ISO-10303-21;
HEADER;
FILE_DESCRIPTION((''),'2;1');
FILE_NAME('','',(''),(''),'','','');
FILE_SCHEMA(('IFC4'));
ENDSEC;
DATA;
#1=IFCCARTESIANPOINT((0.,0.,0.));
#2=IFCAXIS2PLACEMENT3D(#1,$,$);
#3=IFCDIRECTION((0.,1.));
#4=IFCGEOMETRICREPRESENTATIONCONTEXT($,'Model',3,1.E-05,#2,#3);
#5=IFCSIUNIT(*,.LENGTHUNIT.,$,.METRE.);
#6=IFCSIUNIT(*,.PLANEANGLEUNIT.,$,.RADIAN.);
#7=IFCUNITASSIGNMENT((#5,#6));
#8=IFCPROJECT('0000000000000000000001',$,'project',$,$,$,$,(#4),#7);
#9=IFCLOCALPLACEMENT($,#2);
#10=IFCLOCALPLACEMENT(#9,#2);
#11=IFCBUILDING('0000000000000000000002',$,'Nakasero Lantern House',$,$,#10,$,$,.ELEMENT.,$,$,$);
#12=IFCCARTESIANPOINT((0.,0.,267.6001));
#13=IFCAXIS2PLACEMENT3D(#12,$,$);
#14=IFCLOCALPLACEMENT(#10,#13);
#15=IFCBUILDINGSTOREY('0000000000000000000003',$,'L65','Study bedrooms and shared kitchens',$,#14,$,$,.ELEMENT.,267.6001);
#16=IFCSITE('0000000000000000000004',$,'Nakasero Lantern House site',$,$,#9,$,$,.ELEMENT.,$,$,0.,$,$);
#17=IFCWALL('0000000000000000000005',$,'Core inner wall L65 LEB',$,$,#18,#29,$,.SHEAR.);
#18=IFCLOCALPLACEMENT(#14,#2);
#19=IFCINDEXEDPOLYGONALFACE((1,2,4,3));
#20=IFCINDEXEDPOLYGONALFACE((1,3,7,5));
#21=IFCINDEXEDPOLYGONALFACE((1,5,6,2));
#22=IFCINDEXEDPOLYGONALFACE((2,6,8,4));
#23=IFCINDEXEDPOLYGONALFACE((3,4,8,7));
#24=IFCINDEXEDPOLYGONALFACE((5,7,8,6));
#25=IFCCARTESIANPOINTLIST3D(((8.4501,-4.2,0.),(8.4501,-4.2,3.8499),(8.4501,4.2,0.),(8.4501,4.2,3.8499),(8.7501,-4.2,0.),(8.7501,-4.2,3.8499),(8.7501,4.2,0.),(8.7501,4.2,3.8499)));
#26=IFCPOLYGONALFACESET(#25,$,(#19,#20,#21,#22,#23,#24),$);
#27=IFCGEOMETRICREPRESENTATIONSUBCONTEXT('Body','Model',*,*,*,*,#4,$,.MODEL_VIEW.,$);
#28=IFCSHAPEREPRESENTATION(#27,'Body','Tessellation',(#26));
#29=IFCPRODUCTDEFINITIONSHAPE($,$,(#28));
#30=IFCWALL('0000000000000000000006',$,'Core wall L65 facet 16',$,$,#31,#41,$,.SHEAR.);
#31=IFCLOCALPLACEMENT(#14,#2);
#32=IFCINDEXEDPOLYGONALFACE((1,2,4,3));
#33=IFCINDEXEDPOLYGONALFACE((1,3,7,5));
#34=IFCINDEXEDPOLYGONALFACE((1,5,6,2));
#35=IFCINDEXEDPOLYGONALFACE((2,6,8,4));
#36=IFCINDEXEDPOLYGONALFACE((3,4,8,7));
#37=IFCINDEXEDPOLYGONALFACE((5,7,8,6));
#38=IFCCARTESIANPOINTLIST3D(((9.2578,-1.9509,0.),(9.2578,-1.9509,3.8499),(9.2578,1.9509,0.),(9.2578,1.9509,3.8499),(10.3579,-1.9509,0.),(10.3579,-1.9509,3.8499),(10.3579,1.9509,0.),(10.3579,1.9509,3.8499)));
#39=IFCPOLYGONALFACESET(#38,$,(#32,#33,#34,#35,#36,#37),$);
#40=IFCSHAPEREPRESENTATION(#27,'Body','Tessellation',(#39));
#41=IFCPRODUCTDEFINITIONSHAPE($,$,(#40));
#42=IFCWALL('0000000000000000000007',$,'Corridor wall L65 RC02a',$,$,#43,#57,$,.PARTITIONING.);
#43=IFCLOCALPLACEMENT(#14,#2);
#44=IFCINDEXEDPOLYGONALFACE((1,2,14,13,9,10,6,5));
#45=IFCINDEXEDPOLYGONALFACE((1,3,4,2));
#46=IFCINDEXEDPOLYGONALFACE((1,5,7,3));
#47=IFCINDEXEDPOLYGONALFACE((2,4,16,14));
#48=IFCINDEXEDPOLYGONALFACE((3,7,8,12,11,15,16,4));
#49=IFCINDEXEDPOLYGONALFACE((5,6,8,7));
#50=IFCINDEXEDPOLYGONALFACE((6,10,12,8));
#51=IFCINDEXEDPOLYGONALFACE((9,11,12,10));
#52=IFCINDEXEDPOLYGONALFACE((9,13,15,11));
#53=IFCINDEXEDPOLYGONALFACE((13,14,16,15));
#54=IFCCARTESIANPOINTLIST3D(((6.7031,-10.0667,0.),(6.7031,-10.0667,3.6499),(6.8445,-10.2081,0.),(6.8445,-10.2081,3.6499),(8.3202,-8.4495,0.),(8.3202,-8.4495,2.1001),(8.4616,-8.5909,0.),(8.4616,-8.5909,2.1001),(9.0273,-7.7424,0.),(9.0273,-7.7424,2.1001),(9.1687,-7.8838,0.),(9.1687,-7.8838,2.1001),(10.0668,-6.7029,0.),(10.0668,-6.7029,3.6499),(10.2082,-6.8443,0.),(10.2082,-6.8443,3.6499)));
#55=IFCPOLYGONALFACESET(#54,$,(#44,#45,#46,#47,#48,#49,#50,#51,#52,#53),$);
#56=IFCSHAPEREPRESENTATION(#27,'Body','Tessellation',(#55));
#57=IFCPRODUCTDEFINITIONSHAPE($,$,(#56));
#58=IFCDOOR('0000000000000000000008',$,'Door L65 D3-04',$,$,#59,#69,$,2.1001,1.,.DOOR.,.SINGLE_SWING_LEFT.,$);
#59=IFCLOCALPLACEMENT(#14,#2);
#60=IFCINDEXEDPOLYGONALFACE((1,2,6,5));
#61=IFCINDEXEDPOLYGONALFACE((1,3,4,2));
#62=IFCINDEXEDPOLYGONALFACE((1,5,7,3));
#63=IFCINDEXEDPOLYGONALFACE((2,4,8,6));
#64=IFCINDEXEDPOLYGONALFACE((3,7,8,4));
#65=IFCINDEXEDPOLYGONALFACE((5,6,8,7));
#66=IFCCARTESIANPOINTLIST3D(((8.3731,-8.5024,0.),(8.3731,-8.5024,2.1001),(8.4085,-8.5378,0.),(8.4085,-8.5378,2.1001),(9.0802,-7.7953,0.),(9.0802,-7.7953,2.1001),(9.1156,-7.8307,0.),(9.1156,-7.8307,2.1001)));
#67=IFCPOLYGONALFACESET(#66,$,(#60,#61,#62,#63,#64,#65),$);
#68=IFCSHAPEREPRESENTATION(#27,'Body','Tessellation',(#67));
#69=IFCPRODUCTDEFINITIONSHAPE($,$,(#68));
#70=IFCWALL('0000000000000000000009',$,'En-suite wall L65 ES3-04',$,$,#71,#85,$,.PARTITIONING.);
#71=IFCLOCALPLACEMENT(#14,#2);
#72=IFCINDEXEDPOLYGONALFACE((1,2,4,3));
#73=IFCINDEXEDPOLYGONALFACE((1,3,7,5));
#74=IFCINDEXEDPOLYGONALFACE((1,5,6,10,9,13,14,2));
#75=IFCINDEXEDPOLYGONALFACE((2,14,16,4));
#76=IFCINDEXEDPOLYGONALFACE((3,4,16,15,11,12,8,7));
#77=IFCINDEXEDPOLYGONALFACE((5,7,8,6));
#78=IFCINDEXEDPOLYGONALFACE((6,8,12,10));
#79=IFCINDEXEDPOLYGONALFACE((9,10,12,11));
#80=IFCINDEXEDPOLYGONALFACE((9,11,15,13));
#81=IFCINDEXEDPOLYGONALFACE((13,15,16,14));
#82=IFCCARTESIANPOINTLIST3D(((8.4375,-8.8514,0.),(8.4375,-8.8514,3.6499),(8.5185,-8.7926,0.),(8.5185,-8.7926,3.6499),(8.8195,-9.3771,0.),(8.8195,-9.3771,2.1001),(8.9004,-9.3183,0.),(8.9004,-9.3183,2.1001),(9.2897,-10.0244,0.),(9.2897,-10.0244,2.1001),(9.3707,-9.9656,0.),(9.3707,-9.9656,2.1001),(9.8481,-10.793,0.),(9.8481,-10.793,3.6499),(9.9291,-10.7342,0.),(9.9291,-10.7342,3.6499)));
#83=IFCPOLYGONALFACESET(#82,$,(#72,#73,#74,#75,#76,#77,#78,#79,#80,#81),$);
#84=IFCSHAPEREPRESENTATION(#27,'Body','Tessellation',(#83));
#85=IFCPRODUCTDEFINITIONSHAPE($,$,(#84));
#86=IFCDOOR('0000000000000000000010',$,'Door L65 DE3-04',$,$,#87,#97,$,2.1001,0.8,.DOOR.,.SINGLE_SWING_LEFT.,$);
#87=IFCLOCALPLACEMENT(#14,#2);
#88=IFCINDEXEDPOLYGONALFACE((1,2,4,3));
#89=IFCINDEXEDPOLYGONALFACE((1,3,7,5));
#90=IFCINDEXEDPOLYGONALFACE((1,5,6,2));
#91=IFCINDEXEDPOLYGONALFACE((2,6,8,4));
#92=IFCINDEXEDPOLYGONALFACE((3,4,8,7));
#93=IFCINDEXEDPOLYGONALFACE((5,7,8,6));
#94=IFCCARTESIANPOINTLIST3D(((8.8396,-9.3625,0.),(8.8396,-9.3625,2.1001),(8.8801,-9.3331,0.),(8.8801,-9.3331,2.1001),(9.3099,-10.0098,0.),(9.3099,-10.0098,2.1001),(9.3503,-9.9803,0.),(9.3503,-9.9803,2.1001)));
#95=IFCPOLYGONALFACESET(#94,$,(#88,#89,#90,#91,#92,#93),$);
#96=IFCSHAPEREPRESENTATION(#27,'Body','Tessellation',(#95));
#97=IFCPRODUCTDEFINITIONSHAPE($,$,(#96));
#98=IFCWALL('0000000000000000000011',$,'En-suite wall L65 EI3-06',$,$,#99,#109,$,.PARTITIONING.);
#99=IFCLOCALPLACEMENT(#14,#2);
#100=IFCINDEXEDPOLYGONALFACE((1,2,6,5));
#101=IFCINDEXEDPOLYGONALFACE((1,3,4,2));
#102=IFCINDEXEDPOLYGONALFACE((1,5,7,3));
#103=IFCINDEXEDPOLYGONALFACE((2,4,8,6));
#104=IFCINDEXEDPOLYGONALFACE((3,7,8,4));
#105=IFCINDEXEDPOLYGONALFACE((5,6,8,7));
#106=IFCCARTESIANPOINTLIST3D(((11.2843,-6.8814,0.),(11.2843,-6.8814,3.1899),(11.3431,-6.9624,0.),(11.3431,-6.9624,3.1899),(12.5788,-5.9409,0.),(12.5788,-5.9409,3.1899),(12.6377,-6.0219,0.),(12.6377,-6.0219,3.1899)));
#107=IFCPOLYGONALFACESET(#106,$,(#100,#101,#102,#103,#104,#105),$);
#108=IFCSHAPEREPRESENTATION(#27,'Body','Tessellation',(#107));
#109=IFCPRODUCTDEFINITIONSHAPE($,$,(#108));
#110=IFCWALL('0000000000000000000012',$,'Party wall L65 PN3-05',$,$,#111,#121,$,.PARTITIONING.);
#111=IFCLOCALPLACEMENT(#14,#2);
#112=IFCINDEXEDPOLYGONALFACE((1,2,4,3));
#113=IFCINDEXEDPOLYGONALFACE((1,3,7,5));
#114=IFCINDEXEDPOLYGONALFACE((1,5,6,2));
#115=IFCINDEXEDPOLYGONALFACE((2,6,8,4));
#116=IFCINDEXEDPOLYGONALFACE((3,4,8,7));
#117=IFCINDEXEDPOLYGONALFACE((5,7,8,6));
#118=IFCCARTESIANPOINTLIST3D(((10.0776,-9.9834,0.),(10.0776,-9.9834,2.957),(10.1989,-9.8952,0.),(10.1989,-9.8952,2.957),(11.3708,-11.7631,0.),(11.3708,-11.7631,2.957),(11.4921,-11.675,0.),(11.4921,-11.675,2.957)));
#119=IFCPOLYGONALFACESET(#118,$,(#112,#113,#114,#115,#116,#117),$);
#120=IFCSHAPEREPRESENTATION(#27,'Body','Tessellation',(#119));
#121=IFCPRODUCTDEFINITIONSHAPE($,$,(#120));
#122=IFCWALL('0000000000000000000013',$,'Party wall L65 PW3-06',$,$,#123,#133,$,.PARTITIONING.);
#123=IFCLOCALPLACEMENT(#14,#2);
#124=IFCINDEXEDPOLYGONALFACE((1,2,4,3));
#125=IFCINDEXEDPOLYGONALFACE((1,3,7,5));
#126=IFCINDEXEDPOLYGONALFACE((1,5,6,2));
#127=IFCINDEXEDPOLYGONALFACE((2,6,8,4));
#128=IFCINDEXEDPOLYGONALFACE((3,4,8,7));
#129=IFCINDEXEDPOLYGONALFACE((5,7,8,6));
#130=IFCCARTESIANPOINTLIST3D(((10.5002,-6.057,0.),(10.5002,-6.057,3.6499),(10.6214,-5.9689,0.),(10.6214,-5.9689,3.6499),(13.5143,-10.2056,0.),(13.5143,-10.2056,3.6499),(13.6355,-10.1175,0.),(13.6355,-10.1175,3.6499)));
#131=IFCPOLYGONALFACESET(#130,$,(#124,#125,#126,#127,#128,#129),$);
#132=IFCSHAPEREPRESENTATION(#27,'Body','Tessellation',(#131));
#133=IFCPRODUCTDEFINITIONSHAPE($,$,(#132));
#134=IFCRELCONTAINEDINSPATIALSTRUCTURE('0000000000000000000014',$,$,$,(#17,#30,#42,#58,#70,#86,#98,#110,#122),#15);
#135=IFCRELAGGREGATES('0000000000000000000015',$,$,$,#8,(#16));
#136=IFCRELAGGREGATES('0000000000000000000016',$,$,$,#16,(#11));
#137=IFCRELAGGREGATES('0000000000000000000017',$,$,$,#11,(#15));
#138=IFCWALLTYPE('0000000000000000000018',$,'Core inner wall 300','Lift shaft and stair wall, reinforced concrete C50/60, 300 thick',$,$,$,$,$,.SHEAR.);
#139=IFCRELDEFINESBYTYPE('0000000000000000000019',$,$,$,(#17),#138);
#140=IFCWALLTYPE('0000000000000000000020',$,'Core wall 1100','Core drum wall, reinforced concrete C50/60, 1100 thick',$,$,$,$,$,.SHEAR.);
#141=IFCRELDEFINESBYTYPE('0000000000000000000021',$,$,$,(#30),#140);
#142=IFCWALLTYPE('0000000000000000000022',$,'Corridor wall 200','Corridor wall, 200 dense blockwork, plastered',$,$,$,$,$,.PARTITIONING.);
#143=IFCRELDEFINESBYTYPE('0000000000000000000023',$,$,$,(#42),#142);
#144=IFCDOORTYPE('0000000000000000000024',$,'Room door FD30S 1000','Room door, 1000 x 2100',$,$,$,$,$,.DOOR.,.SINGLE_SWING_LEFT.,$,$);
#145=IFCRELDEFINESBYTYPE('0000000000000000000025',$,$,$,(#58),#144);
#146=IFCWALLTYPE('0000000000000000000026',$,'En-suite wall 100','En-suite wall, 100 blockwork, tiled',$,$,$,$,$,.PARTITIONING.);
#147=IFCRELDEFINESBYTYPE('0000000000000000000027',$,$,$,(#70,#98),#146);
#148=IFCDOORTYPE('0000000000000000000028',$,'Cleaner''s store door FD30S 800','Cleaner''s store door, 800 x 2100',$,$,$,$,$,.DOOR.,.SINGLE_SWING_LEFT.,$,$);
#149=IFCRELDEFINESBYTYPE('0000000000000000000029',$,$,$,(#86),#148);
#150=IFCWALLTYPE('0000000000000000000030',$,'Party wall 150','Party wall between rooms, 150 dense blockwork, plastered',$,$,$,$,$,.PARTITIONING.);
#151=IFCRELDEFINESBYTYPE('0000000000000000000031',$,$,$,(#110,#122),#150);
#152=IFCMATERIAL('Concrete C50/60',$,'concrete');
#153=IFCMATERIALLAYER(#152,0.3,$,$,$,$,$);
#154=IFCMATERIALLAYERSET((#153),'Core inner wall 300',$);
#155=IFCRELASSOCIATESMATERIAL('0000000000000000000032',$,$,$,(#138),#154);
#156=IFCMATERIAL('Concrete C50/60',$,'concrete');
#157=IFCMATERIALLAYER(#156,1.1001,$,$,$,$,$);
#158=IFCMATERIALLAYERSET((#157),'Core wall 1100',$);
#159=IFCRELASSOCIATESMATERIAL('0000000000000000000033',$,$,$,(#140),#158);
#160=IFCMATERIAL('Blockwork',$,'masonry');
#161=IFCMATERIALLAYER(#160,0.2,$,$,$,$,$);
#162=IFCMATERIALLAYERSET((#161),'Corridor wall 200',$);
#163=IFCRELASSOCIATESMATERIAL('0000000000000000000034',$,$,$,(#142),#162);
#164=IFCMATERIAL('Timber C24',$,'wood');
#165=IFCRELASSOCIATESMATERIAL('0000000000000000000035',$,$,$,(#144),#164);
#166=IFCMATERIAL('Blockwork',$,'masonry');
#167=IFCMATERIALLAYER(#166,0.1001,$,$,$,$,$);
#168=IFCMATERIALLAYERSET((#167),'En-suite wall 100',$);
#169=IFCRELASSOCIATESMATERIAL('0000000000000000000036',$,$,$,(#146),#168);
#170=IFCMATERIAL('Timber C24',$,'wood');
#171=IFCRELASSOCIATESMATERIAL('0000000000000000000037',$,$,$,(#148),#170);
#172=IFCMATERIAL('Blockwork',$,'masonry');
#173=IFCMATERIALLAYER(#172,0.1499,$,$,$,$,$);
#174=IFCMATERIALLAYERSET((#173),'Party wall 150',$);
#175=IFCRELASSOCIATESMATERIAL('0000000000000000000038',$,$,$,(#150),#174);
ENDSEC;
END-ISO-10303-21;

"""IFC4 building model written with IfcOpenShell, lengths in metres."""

from ifc_helpers import new_model, si_unit, direction, frame, frame_2d, origin, place, context, subcontext, project, spatial, rectangle, extrude, material, layer, layer_set, type_object, element, fill, save


model = new_model("IFC4")

# Units and contexts
model_context = context("Model", 3, precision=1e-05, world=origin(), true_north=direction((0.0, 1.0)))
body_context = subcontext(model_context, "Body", "Model", "MODEL_VIEW")
ifc_project = project(units=[si_unit("LENGTHUNIT", "METRE"), si_unit("PLANEANGLEUNIT", "RADIAN")], contexts=[model_context])

# Site, building, storey
site_placement = place(None, origin())
site = spatial("IfcSite", under=ifc_project, at=site_placement, Name="Nakasero Lantern House site", CompositionType="ELEMENT", RefElevation=0.0)
building_placement = place(site_placement, origin())
building = spatial("IfcBuilding", under=site, at=building_placement, Name="Nakasero Lantern House", CompositionType="ELEMENT")
storey_placement = place(building_placement, frame((0.0, 0.0, 267.6001)))
storey = spatial("IfcBuildingStorey", under=building, at=storey_placement, Name="L65", Description="Study bedrooms and shared kitchens", CompositionType="ELEMENT", Elevation=267.6001)

# Walls
ifc_material_1 = material(Name="Concrete C50/60", Category="concrete")
ifc_layer_1 = layer(ifc_material_1, 0.3)
ifc_layer_set_1 = layer_set([ifc_layer_1], Name="Core inner wall 300")
wall_type_1 = type_object("IfcWallType", Name="Core inner wall 300", Description="Lift shaft and stair wall, reinforced concrete C50/60, 300 thick", PredefinedType="SHEAR", material=ifc_layer_set_1)
wall_1_placement = place(storey_placement, frame((8.6001, -4.2, 0.0), z_axis=(0.0, 0.0, 1.0), x_axis=(0.0, 1.0, 0.0)))
element("IfcWall", 1, at=wall_1_placement, inside=storey, type_object=wall_type_1, Name="Core inner wall L65 LEB", PredefinedType="SHEAR", context=body_context, shape_type="SweptSolid", body=[
    extrude(rectangle(XDim=8.3999, YDim=0.3, at=frame_2d((4.2, 0.0))), origin(), (0.0, 0.0, 1.0), 3.8499),
])
ifc_material_2 = material(Name="Concrete C50/60", Category="concrete")
ifc_layer_2 = layer(ifc_material_2, 1.1001)
ifc_layer_set_2 = layer_set([ifc_layer_2], Name="Core wall 1100")
wall_type_2 = type_object("IfcWallType", Name="Core wall 1100", Description="Core drum wall, reinforced concrete C50/60, 1100 thick", PredefinedType="SHEAR", material=ifc_layer_set_2)
wall_2_placement = place(storey_placement, frame((9.8079, -1.9509, 0.0), z_axis=(0.0, 0.0, 1.0), x_axis=(0.0, 1.0, 0.0)))
element("IfcWall", 2, at=wall_2_placement, inside=storey, type_object=wall_type_2, Name="Core wall L65 facet 16", PredefinedType="SHEAR", context=body_context, shape_type="SweptSolid", body=[
    extrude(rectangle(XDim=3.9019, YDim=1.1001, at=frame_2d((1.9509, 0.0))), origin(), (0.0, 0.0, 1.0), 3.8499),
])

# Walls, openings, doors
ifc_material_3 = material(Name="Blockwork", Category="masonry")
ifc_layer_3 = layer(ifc_material_3, 0.2)
ifc_layer_set_3 = layer_set([ifc_layer_3], Name="Corridor wall 200")
wall_type_3 = type_object("IfcWallType", Name="Corridor wall 200", Description="Corridor wall, 200 dense blockwork, plastered", PredefinedType="PARTITIONING", material=ifc_layer_set_3)
wall_3_placement = place(storey_placement, frame((10.1375, -6.7737, 0.0), z_axis=(0.0, 0.0, 1.0), x_axis=(-0.707107, -0.707107, 0.0)))
wall_3 = element("IfcWall", 3, at=wall_3_placement, inside=storey, type_object=wall_type_3, Name="Corridor wall L65 RC02a", PredefinedType="PARTITIONING", context=body_context, shape_type="SweptSolid", body=[
    extrude(rectangle(XDim=4.7571, YDim=0.2, at=frame_2d((2.3784, 0.0))), origin(), (0.0, 0.0, 1.0), 3.6499),
])
opening_1_placement = place(wall_3_placement, frame((1.47, 0.0, 0.0)))
opening_1 = element("IfcOpeningElement", 4, at=opening_1_placement, cuts=wall_3, PredefinedType="OPENING", context=body_context, shape_type="SweptSolid", body=[
    extrude(rectangle(XDim=1.0, YDim=2.1001, at=frame_2d((0.5, 1.05))), frame((0.0, 0.1199, 0.0), z_axis=(0.0, -1.0, 0.0), x_axis=(1.0, 0.0, 0.0)), (0.0, 0.0, 1.0), 0.24),
])
ifc_material_4 = material(Name="Timber C24", Category="wood")
door_type_1 = type_object("IfcDoorType", Name="Room door FD30S 1000", Description="Room door, 1000 x 2100", OperationType="SINGLE_SWING_LEFT", PredefinedType="DOOR", material=ifc_material_4)
door_1_placement = place(opening_1_placement, origin())
door_1 = element("IfcDoor", 5, at=door_1_placement, inside=storey, type_object=door_type_1, Name="Door L65 D3-04", OperationType="SINGLE_SWING_LEFT", OverallHeight=2.1001, OverallWidth=1.0, PredefinedType="DOOR", context=body_context, shape_type="SweptSolid", body=[
    extrude(rectangle(XDim=1.0, YDim=2.1001, at=frame_2d((0.5, 1.05))), frame((0.0, 0.0249, 0.0), z_axis=(0.0, -1.0, 0.0), x_axis=(1.0, 0.0, 0.0)), (0.0, 0.0, 1.0), 0.05),
])
fill(opening_1, door_1)
ifc_material_5 = material(Name="Blockwork", Category="masonry")
ifc_layer_4 = layer(ifc_material_5, 0.1001)
ifc_layer_set_4 = layer_set([ifc_layer_4], Name="En-suite wall 100")
wall_type_4 = type_object("IfcWallType", Name="En-suite wall 100", Description="En-suite wall, 100 blockwork, tiled", PredefinedType="PARTITIONING", material=ifc_layer_set_4)
wall_4_placement = place(storey_placement, frame((8.478, -8.822, 0.0), z_axis=(0.0, 0.0, 1.0), x_axis=(0.587772, -0.809026, 0.0)))
wall_4 = element("IfcWall", 6, at=wall_4_placement, inside=storey, type_object=wall_type_4, Name="En-suite wall L65 ES3-04", PredefinedType="PARTITIONING", context=body_context, shape_type="SweptSolid", body=[
    extrude(rectangle(XDim=2.3999, YDim=0.1001, at=frame_2d((1.2, 0.0))), origin(), (0.0, 0.0, 1.0), 3.6499),
])
opening_2_placement = place(wall_4_placement, frame((0.6499, 0.0, 0.0)))
opening_2 = element("IfcOpeningElement", 7, at=opening_2_placement, cuts=wall_4, PredefinedType="OPENING", context=body_context, shape_type="SweptSolid", body=[
    extrude(rectangle(XDim=0.8, YDim=2.1001, at=frame_2d((0.3999, 1.05))), frame((0.0, 0.0701, 0.0), z_axis=(0.0, -1.0, 0.0), x_axis=(1.0, 0.0, 0.0)), (0.0, 0.0, 1.0), 0.1401),
])
ifc_material_6 = material(Name="Timber C24", Category="wood")
door_type_2 = type_object("IfcDoorType", Name="Cleaner's store door FD30S 800", Description="Cleaner's store door, 800 x 2100", OperationType="SINGLE_SWING_LEFT", PredefinedType="DOOR", material=ifc_material_6)
door_2_placement = place(opening_2_placement, origin())
door_2 = element("IfcDoor", 8, at=door_2_placement, inside=storey, type_object=door_type_2, Name="Door L65 DE3-04", OperationType="SINGLE_SWING_LEFT", OverallHeight=2.1001, OverallWidth=0.8, PredefinedType="DOOR", context=body_context, shape_type="SweptSolid", body=[
    extrude(rectangle(XDim=0.8, YDim=2.1001, at=frame_2d((0.3999, 1.05))), frame((0.0, 0.0249, 0.0), z_axis=(0.0, -1.0, 0.0), x_axis=(1.0, 0.0, 0.0)), (0.0, 0.0, 1.0), 0.05),
])
fill(opening_2, door_2)

# Walls
wall_5_placement = place(storey_placement, frame((11.3137, -6.9219, 0.0), z_axis=(0.0, 0.0, 1.0), x_axis=(0.809026, 0.587772, 0.0)))
element("IfcWall", 9, at=wall_5_placement, inside=storey, type_object=wall_type_4, Name="En-suite wall L65 EI3-06", PredefinedType="PARTITIONING", context=body_context, shape_type="SweptSolid", body=[
    extrude(rectangle(XDim=1.6001, YDim=0.1001, at=frame_2d((0.8, 0.0))), origin(), (0.0, 0.0, 1.0), 3.1899),
])
ifc_material_7 = material(Name="Blockwork", Category="masonry")
ifc_layer_5 = layer(ifc_material_7, 0.1499)
ifc_layer_set_5 = layer_set([ifc_layer_5], Name="Party wall 150")
wall_type_5 = type_object("IfcWallType", Name="Party wall 150", Description="Party wall between rooms, 150 dense blockwork, plastered", PredefinedType="PARTITIONING", material=ifc_layer_set_5)
wall_6_placement = place(storey_placement, frame((10.1382, -9.9392, 0.0), z_axis=(0.0, 0.0, 1.0), x_axis=(0.587822, -0.80899, 0.0)))
element("IfcWall", 10, at=wall_6_placement, inside=storey, type_object=wall_type_5, Name="Party wall L65 PN3-05", PredefinedType="PARTITIONING", context=body_context, shape_type="SweptSolid", body=[
    extrude(rectangle(XDim=2.2, YDim=0.1499, at=frame_2d((1.1001, 0.0))), origin(), (0.0, 0.0, 1.0), 2.957),
])
wall_7_placement = place(storey_placement, frame((10.5608, -6.0129, 0.0), z_axis=(0.0, 0.0, 1.0), x_axis=(0.587781, -0.80902, 0.0)))
element("IfcWall", 11, at=wall_7_placement, inside=storey, type_object=wall_type_5, Name="Party wall L65 PW3-06", PredefinedType="PARTITIONING", context=body_context, shape_type="SweptSolid", body=[
    extrude(rectangle(XDim=5.1279, YDim=0.1499, at=frame_2d((2.564, 0.0))), origin(), (0.0, 0.0, 1.0), 3.6499),
])

save(model, "model.ifc")
